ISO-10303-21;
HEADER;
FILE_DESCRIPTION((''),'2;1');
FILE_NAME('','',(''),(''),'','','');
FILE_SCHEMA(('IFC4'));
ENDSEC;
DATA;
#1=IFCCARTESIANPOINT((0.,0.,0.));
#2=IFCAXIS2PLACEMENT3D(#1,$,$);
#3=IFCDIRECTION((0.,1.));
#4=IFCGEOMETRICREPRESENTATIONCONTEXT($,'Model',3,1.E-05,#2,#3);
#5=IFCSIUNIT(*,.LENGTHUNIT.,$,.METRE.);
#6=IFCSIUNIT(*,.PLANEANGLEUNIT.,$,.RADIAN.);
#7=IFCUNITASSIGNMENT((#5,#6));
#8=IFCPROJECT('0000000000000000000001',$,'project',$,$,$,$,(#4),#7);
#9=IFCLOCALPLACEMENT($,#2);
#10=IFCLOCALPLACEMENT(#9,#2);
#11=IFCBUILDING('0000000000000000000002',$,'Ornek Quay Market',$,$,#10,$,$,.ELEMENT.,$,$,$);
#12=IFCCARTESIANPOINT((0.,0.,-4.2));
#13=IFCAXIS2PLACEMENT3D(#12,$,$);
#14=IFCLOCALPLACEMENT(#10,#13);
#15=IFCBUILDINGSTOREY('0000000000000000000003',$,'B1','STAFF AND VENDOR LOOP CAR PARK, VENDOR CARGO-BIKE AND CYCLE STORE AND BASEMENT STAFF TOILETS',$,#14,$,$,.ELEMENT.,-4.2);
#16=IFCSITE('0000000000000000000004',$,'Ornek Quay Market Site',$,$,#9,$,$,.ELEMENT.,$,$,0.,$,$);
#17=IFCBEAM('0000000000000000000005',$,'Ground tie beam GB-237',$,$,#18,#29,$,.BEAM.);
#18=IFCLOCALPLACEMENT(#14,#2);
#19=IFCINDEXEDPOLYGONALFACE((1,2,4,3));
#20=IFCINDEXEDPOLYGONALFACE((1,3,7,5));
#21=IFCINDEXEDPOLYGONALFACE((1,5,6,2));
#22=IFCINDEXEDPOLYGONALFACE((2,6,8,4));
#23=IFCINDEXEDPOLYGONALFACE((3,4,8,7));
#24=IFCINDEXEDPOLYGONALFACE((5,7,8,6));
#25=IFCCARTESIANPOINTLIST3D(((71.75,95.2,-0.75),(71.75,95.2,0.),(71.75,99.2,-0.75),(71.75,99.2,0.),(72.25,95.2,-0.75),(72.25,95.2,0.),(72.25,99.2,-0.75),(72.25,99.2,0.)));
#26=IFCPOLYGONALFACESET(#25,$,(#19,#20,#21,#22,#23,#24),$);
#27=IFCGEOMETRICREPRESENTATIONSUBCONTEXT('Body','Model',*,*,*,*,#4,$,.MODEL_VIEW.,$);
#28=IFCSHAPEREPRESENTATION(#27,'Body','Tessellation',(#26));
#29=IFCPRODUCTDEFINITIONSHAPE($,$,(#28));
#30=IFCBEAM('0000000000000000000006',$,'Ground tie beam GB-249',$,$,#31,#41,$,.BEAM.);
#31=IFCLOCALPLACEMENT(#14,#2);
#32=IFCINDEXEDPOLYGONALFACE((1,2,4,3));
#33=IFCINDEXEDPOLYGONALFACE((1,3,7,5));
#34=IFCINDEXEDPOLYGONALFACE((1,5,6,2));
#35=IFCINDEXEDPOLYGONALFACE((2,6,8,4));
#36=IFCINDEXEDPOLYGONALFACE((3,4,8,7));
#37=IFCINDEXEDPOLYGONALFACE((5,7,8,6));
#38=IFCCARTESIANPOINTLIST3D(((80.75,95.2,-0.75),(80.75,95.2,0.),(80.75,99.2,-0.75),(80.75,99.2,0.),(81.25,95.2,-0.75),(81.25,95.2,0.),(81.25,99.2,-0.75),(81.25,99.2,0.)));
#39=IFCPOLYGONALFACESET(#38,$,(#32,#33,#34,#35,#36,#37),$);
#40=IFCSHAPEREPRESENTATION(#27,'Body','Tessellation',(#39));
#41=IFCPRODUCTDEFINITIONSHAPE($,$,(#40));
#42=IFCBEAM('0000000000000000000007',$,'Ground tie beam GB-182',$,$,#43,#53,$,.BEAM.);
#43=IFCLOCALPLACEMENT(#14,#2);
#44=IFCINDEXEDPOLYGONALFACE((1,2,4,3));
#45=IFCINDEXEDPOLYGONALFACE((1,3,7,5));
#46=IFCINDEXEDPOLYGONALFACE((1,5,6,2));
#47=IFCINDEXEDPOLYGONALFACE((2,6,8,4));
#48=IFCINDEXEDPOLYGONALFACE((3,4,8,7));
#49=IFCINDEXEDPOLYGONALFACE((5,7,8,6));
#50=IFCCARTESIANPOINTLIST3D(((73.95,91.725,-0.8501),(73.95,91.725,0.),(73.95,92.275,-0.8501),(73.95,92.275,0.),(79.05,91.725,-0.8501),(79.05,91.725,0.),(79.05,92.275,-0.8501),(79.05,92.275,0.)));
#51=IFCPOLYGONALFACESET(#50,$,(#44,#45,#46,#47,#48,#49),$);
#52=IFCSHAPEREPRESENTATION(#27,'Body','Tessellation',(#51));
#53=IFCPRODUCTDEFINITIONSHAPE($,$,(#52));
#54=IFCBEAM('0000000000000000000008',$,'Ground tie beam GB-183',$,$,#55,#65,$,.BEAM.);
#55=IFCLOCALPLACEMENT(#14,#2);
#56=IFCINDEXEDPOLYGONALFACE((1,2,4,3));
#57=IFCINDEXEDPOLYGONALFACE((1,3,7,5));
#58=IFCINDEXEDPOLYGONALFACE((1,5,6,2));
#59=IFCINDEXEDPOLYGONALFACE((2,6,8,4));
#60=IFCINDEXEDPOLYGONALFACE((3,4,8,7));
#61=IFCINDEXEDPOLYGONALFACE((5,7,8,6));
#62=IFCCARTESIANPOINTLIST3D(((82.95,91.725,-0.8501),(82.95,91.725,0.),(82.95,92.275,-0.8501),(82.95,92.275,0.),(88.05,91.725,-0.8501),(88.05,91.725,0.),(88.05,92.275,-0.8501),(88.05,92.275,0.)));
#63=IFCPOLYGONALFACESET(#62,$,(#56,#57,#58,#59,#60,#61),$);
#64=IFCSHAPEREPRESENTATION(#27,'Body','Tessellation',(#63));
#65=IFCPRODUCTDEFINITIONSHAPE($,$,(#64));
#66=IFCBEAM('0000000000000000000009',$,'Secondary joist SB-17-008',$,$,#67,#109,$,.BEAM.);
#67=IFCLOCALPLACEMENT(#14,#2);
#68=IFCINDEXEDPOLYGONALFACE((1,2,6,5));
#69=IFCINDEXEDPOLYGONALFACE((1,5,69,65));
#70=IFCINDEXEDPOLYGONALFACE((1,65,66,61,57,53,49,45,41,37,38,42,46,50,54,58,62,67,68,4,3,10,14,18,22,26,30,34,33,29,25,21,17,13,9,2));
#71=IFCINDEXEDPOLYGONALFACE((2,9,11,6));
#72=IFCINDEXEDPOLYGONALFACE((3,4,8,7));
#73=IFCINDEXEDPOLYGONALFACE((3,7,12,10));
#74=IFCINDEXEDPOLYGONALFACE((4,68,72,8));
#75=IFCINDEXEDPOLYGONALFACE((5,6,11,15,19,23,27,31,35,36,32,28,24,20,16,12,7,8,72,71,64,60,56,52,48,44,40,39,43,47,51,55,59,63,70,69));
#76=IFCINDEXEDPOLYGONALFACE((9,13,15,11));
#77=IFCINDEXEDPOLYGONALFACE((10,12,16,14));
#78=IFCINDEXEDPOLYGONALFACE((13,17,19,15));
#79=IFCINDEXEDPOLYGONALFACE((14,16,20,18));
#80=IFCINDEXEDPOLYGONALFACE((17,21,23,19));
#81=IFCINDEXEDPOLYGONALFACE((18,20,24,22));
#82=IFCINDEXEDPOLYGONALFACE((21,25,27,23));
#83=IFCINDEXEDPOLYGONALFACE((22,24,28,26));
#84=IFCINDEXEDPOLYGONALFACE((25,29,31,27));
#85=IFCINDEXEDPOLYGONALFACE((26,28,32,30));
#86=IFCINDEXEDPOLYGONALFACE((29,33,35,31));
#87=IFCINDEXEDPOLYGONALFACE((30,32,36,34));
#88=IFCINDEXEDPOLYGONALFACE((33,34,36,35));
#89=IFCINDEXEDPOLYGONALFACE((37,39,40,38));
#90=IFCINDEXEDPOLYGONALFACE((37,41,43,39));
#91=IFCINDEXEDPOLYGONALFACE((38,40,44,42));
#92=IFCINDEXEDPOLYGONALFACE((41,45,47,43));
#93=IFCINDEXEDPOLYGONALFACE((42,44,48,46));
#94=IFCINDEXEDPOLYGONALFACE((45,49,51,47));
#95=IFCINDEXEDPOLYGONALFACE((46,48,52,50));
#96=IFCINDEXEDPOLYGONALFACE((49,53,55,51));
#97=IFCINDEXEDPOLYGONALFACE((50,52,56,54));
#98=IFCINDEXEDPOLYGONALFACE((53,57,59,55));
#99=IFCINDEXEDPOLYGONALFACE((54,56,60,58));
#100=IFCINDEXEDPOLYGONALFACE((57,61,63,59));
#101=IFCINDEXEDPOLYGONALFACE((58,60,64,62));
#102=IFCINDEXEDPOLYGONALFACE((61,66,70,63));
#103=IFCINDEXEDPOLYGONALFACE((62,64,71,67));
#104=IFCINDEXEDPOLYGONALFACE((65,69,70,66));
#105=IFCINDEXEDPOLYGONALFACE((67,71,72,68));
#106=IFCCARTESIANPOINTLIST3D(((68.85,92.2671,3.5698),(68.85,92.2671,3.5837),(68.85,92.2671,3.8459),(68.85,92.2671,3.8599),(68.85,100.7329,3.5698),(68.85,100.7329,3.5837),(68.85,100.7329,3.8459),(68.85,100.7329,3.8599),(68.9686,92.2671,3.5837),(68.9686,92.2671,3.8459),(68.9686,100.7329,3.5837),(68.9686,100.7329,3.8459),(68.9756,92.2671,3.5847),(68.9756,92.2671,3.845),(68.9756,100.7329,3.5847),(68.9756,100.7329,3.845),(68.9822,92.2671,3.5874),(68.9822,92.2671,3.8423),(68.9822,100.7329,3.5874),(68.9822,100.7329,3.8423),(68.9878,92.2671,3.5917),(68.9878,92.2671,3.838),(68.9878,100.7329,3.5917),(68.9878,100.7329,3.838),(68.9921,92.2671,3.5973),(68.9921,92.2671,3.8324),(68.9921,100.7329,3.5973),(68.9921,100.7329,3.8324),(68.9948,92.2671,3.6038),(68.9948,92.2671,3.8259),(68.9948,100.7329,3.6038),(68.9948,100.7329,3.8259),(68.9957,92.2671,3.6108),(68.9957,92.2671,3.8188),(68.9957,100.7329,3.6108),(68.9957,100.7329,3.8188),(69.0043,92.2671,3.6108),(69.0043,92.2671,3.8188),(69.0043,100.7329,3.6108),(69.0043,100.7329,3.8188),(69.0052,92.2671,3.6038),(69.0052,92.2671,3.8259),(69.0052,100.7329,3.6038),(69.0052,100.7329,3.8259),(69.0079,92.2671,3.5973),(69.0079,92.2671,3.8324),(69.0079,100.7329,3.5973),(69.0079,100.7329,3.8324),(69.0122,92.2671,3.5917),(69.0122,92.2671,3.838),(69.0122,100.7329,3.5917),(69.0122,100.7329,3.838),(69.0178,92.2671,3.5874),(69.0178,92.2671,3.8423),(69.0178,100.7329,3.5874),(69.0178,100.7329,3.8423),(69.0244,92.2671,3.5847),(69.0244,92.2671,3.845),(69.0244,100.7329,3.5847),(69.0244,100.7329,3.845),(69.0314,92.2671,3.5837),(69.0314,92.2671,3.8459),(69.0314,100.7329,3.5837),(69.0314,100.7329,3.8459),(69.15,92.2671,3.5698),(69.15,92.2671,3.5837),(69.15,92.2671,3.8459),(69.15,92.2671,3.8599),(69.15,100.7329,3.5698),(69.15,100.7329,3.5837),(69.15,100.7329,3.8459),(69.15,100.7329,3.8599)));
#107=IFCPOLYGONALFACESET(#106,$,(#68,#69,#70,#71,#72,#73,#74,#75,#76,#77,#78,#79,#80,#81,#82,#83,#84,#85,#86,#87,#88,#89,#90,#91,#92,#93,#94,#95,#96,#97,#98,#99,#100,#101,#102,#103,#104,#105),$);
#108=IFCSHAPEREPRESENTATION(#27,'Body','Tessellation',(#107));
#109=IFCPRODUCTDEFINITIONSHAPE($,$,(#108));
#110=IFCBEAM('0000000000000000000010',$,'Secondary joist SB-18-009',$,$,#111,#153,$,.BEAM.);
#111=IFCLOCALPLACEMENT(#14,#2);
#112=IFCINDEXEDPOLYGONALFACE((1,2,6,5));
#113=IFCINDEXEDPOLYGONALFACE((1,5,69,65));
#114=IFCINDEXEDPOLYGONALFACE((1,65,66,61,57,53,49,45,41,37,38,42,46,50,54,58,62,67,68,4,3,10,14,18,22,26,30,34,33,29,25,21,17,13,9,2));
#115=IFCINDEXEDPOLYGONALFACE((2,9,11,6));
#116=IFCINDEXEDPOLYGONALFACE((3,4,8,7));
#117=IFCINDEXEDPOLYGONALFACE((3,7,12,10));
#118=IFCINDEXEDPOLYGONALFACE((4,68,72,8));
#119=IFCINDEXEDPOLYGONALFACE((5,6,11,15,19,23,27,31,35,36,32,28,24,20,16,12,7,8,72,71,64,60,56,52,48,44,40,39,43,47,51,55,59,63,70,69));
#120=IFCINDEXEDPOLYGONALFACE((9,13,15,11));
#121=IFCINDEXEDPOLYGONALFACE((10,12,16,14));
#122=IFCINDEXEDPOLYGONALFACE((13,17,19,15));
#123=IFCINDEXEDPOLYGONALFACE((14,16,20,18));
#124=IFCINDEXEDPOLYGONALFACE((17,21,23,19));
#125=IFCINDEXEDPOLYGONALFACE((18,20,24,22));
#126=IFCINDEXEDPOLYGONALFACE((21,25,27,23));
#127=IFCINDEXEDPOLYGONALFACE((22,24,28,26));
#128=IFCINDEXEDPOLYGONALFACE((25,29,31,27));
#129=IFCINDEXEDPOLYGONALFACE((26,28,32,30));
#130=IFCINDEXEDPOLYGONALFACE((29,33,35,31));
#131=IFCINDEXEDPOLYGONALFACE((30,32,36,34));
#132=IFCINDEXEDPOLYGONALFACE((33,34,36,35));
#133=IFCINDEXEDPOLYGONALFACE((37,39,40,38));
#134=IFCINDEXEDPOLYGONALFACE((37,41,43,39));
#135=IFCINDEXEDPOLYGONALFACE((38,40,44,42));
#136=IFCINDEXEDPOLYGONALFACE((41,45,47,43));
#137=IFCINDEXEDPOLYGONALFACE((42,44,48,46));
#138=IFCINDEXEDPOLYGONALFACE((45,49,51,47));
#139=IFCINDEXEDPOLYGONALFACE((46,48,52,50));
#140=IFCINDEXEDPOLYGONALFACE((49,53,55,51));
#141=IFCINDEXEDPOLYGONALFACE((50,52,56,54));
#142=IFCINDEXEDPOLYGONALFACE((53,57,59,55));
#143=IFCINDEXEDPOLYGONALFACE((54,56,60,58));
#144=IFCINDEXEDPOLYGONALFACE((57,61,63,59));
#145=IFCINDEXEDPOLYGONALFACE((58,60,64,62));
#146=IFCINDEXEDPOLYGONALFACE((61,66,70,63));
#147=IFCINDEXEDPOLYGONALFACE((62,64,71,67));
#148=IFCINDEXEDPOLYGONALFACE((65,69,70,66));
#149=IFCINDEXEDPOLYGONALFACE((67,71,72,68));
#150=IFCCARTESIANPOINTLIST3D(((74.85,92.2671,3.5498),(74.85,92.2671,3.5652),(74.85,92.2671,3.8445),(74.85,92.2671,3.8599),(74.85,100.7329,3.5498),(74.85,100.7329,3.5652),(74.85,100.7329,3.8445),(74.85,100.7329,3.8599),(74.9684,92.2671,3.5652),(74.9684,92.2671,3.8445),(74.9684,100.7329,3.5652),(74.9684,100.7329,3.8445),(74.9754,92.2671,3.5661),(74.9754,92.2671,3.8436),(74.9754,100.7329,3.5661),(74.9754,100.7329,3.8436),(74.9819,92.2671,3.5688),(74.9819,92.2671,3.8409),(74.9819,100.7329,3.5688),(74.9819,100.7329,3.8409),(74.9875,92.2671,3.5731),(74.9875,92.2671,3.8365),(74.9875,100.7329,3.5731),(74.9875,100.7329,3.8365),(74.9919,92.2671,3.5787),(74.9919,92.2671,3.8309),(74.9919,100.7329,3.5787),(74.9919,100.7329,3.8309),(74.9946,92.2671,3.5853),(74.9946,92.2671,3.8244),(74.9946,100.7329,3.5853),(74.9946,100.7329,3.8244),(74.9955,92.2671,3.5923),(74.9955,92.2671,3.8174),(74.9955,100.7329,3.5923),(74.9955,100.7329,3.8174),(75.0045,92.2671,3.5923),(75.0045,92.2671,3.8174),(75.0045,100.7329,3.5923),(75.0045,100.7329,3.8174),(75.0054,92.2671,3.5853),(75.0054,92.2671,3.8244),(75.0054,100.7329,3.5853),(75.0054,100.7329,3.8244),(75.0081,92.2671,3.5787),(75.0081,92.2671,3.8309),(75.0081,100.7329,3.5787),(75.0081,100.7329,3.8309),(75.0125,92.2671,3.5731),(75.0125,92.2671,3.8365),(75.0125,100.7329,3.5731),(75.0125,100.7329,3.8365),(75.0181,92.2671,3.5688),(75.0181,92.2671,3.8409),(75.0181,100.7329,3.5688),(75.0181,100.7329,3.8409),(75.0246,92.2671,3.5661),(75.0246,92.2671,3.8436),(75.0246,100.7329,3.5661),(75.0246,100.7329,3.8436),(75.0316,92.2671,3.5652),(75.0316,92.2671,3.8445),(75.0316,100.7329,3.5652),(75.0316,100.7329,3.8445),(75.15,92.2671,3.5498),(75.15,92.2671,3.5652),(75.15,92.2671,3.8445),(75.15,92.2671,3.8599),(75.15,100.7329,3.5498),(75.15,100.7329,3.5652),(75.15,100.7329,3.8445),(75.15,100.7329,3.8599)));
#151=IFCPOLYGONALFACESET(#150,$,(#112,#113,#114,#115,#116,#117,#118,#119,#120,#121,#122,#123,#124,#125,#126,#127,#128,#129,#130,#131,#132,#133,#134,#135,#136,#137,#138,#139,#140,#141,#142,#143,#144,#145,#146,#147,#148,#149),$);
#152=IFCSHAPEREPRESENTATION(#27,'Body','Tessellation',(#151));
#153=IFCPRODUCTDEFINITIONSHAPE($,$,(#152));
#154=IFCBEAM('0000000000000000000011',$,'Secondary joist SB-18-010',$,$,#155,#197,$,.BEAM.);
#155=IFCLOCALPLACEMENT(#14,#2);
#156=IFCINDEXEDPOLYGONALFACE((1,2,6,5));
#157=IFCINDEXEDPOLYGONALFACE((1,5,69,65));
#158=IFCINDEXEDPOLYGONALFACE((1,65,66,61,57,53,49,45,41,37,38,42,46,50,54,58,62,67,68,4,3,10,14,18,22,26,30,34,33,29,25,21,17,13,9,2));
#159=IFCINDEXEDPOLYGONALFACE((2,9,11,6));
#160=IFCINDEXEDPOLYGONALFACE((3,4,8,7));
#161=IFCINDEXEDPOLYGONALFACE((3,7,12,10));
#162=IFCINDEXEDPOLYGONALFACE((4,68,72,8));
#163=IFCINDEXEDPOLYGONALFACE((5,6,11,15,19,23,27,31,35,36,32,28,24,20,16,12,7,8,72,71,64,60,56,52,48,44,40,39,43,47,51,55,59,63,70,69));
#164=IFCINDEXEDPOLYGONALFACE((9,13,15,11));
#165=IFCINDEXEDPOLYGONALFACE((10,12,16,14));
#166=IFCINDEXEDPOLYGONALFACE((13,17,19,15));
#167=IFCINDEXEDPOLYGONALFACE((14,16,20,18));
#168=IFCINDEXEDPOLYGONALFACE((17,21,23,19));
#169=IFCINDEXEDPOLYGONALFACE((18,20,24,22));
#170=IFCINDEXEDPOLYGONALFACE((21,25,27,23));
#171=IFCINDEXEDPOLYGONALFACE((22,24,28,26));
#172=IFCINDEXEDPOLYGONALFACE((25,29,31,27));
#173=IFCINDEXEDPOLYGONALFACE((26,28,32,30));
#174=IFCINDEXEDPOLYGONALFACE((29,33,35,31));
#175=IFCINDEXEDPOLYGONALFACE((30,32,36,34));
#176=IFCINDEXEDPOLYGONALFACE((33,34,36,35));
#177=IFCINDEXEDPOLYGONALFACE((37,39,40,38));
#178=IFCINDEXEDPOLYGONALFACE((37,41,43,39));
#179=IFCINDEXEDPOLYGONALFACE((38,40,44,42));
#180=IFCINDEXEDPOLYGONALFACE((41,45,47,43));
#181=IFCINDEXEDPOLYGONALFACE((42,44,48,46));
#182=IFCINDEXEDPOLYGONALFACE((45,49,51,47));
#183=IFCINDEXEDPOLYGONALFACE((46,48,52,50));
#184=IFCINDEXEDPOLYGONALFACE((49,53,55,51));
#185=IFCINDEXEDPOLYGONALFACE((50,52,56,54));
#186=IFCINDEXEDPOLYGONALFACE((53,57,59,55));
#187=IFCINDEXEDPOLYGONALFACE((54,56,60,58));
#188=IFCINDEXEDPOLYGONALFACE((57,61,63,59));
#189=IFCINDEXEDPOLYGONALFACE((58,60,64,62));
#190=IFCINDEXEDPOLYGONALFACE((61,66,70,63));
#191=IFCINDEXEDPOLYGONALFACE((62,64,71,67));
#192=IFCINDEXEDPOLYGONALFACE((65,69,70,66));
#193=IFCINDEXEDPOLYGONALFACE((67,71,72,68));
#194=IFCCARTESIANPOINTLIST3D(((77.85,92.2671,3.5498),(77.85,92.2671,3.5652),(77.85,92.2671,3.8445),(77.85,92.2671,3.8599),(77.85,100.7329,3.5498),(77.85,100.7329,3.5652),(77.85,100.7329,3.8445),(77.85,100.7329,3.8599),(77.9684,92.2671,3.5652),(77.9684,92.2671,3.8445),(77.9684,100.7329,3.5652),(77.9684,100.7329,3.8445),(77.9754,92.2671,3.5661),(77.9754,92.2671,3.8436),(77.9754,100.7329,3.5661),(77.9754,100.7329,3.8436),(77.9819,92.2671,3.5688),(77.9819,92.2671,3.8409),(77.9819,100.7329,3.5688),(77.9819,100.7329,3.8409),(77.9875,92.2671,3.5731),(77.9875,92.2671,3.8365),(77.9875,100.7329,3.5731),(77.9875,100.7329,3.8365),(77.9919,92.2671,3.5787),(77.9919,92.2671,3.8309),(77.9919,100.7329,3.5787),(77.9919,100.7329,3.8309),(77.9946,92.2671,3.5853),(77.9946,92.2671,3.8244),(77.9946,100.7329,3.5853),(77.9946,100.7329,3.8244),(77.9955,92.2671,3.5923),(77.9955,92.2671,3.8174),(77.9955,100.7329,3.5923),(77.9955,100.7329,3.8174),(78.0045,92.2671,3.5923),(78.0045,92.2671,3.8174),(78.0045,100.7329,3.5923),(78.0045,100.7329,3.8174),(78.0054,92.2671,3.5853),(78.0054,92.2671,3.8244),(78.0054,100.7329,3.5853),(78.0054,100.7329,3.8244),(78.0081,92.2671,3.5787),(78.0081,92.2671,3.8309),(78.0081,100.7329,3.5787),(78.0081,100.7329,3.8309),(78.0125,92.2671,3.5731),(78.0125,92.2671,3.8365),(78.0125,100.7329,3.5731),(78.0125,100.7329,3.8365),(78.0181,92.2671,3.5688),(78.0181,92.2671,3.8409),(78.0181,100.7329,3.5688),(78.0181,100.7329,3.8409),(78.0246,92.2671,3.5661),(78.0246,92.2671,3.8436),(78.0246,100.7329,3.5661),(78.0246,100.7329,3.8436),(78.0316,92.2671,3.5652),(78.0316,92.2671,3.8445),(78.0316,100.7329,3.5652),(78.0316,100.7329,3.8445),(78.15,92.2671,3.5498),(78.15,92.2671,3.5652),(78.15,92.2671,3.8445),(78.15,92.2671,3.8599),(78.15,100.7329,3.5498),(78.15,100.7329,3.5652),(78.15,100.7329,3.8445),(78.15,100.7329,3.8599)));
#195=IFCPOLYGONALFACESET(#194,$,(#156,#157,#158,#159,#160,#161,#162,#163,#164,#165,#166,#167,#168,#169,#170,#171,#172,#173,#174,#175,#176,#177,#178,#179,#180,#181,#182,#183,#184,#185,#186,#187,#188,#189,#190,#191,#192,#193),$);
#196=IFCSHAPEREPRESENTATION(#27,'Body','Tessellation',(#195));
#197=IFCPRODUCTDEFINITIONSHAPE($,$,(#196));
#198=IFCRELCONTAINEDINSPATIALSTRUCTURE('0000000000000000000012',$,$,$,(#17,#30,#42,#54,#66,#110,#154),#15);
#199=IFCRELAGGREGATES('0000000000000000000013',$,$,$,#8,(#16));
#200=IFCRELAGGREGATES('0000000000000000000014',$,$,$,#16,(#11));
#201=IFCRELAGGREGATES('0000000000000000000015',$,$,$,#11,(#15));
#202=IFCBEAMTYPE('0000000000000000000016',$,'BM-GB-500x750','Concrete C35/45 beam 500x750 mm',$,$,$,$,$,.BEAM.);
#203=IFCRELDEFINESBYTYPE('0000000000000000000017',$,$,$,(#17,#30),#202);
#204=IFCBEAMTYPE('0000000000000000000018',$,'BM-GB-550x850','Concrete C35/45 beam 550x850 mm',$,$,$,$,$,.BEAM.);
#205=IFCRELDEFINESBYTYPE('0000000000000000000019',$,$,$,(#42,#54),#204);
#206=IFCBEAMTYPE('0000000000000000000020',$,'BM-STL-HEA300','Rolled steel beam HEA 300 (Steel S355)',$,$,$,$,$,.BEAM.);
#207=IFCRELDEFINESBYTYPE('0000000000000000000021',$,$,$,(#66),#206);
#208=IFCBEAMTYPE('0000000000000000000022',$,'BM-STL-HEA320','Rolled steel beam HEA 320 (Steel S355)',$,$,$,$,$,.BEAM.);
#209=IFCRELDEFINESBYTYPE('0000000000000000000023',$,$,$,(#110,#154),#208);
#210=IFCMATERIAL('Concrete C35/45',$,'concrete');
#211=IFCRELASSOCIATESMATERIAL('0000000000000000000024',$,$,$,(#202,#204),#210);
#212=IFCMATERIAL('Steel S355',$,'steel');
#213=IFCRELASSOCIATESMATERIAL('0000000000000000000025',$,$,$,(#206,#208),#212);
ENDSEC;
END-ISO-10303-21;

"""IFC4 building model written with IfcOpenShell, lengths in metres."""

from ifc_helpers import new_model, si_unit, direction, frame, origin, origin_2d, place, context, subcontext, project, spatial, rectangle, i_section, extrude, material, material_profile, profile_set, type_object, element, save


model = new_model("IFC4")

# Units and contexts
model_context = context("Model", 3, precision=1e-05, world=origin(), true_north=direction((0.0, 1.0)))
body_context = subcontext(model_context, "Body", "Model", "MODEL_VIEW")
ifc_project = project(units=[si_unit("LENGTHUNIT", "METRE"), si_unit("PLANEANGLEUNIT", "RADIAN")], contexts=[model_context])

# Site, building, storey
site_placement = place(None, origin())
site = spatial("IfcSite", under=ifc_project, at=site_placement, Name="Ornek Quay Market Site", CompositionType="ELEMENT", RefElevation=0.0)
building_placement = place(site_placement, origin())
building = spatial("IfcBuilding", under=site, at=building_placement, Name="Ornek Quay Market", CompositionType="ELEMENT")
storey_placement = place(building_placement, frame((0.0, 0.0, -4.2)))
storey = spatial("IfcBuildingStorey", under=building, at=storey_placement, Name="B1", Description="STAFF AND VENDOR LOOP CAR PARK, VENDOR CARGO-BIKE AND CYCLE STORE AND BASEMENT STAFF TOILETS", CompositionType="ELEMENT", Elevation=-4.2)

# Shared definitions
ifc_material_1 = material(Name="Concrete C35/45", Category="concrete")

# Beams
ifc_material_profile_1 = material_profile(ifc_material_1, rectangle(XDim=0.5, YDim=0.75, at=origin_2d()), Name="RC 500x750", Category="concrete")
ifc_profile_set_1 = profile_set([ifc_material_profile_1], Name="Concrete C35/45")
beam_type_1 = type_object("IfcBeamType", Name="BM-GB-500x750", Description="Concrete C35/45 beam 500x750 mm", PredefinedType="BEAM", material=ifc_profile_set_1)
for number, where, z_axis, x_axis, name in (
    (1, (72.0, 95.2, -0.375), (0.0, 1.0, 0.0), (-1.0, 0.0, 0.0), "Ground tie beam GB-237"),
    (2, (81.0, 95.2, -0.375), (0.0, 1.0, 0.0), (-1.0, 0.0, 0.0), "Ground tie beam GB-249"),
):
    element("IfcBeam", number, at=place(storey_placement, frame(where, z_axis=z_axis, x_axis=x_axis)), inside=storey, type_object=beam_type_1, Name=name, PredefinedType="BEAM", context=body_context, shape_type="SweptSolid", body=[
        extrude(rectangle(XDim=0.5, YDim=0.75, at=origin_2d()), origin(), (0.0, 0.0, 1.0), 4.0),
    ])
ifc_material_profile_2 = material_profile(ifc_material_1, rectangle(XDim=0.55, YDim=0.8501, at=origin_2d()), Name="RC 550x850", Category="concrete")
ifc_profile_set_2 = profile_set([ifc_material_profile_2], Name="Concrete C35/45")
beam_type_2 = type_object("IfcBeamType", Name="BM-GB-550x850", Description="Concrete C35/45 beam 550x850 mm", PredefinedType="BEAM", material=ifc_profile_set_2)
for number, where, z_axis, x_axis, name in (
    (3, (73.95, 92.0, -0.425), (1.0, 0.0, 0.0), (0.0, 1.0, 0.0), "Ground tie beam GB-182"),
    (4, (82.95, 92.0, -0.425), (1.0, 0.0, 0.0), (0.0, 1.0, 0.0), "Ground tie beam GB-183"),
):
    element("IfcBeam", number, at=place(storey_placement, frame(where, z_axis=z_axis, x_axis=x_axis)), inside=storey, type_object=beam_type_2, Name=name, PredefinedType="BEAM", context=body_context, shape_type="SweptSolid", body=[
        extrude(rectangle(XDim=0.55, YDim=0.8501, at=origin_2d()), origin(), (0.0, 0.0, 1.0), 5.1001),
    ])
ifc_material_2 = material(Name="Steel S355", Category="steel")
ifc_material_profile_3 = material_profile(ifc_material_2, i_section(OverallWidth=0.3, OverallDepth=0.29, WebThickness=0.0085, FlangeThickness=0.0139, FilletRadius=0.0271, at=origin_2d()), Name="HEA 300", Category="steel")
ifc_profile_set_3 = profile_set([ifc_material_profile_3], Name="Steel S355")
beam_type_3 = type_object("IfcBeamType", Name="BM-STL-HEA300", Description="Rolled steel beam HEA 300 (Steel S355)", PredefinedType="BEAM", material=ifc_profile_set_3)
beam_1_placement = place(storey_placement, frame((69.0, 92.2671, 3.7148), z_axis=(0.0, 1.0, 0.0), x_axis=(-1.0, 0.0, 0.0)))
element("IfcBeam", 5, at=beam_1_placement, inside=storey, type_object=beam_type_3, Name="Secondary joist SB-17-008", PredefinedType="BEAM", context=body_context, shape_type="SweptSolid", body=[
    extrude(i_section(OverallWidth=0.3, OverallDepth=0.29, WebThickness=0.0085, FlangeThickness=0.0139, FilletRadius=0.0271, at=origin_2d()), origin(), (0.0, 0.0, 1.0), 8.4658),
])
ifc_material_profile_4 = material_profile(ifc_material_2, i_section(OverallWidth=0.3, OverallDepth=0.3101, WebThickness=0.009, FlangeThickness=0.0154, FilletRadius=0.0271, at=origin_2d()), Name="HEA 320", Category="steel")
ifc_profile_set_4 = profile_set([ifc_material_profile_4], Name="Steel S355")
beam_type_4 = type_object("IfcBeamType", Name="BM-STL-HEA320", Description="Rolled steel beam HEA 320 (Steel S355)", PredefinedType="BEAM", material=ifc_profile_set_4)
for number, where, z_axis, x_axis, name in (
    (6, (75.0, 92.2671, 3.7048), (0.0, 1.0, 0.0), (-1.0, 0.0, 0.0), "Secondary joist SB-18-009"),
    (7, (78.0, 92.2671, 3.7048), (0.0, 1.0, 0.0), (-1.0, 0.0, 0.0), "Secondary joist SB-18-010"),
):
    element("IfcBeam", number, at=place(storey_placement, frame(where, z_axis=z_axis, x_axis=x_axis)), inside=storey, type_object=beam_type_4, Name=name, PredefinedType="BEAM", context=body_context, shape_type="SweptSolid", body=[
        extrude(i_section(OverallWidth=0.3, OverallDepth=0.3101, WebThickness=0.009, FlangeThickness=0.0154, FilletRadius=0.0271, at=origin_2d()), origin(), (0.0, 0.0, 1.0), 8.4658),
    ])

save(model, "model.ifc")
